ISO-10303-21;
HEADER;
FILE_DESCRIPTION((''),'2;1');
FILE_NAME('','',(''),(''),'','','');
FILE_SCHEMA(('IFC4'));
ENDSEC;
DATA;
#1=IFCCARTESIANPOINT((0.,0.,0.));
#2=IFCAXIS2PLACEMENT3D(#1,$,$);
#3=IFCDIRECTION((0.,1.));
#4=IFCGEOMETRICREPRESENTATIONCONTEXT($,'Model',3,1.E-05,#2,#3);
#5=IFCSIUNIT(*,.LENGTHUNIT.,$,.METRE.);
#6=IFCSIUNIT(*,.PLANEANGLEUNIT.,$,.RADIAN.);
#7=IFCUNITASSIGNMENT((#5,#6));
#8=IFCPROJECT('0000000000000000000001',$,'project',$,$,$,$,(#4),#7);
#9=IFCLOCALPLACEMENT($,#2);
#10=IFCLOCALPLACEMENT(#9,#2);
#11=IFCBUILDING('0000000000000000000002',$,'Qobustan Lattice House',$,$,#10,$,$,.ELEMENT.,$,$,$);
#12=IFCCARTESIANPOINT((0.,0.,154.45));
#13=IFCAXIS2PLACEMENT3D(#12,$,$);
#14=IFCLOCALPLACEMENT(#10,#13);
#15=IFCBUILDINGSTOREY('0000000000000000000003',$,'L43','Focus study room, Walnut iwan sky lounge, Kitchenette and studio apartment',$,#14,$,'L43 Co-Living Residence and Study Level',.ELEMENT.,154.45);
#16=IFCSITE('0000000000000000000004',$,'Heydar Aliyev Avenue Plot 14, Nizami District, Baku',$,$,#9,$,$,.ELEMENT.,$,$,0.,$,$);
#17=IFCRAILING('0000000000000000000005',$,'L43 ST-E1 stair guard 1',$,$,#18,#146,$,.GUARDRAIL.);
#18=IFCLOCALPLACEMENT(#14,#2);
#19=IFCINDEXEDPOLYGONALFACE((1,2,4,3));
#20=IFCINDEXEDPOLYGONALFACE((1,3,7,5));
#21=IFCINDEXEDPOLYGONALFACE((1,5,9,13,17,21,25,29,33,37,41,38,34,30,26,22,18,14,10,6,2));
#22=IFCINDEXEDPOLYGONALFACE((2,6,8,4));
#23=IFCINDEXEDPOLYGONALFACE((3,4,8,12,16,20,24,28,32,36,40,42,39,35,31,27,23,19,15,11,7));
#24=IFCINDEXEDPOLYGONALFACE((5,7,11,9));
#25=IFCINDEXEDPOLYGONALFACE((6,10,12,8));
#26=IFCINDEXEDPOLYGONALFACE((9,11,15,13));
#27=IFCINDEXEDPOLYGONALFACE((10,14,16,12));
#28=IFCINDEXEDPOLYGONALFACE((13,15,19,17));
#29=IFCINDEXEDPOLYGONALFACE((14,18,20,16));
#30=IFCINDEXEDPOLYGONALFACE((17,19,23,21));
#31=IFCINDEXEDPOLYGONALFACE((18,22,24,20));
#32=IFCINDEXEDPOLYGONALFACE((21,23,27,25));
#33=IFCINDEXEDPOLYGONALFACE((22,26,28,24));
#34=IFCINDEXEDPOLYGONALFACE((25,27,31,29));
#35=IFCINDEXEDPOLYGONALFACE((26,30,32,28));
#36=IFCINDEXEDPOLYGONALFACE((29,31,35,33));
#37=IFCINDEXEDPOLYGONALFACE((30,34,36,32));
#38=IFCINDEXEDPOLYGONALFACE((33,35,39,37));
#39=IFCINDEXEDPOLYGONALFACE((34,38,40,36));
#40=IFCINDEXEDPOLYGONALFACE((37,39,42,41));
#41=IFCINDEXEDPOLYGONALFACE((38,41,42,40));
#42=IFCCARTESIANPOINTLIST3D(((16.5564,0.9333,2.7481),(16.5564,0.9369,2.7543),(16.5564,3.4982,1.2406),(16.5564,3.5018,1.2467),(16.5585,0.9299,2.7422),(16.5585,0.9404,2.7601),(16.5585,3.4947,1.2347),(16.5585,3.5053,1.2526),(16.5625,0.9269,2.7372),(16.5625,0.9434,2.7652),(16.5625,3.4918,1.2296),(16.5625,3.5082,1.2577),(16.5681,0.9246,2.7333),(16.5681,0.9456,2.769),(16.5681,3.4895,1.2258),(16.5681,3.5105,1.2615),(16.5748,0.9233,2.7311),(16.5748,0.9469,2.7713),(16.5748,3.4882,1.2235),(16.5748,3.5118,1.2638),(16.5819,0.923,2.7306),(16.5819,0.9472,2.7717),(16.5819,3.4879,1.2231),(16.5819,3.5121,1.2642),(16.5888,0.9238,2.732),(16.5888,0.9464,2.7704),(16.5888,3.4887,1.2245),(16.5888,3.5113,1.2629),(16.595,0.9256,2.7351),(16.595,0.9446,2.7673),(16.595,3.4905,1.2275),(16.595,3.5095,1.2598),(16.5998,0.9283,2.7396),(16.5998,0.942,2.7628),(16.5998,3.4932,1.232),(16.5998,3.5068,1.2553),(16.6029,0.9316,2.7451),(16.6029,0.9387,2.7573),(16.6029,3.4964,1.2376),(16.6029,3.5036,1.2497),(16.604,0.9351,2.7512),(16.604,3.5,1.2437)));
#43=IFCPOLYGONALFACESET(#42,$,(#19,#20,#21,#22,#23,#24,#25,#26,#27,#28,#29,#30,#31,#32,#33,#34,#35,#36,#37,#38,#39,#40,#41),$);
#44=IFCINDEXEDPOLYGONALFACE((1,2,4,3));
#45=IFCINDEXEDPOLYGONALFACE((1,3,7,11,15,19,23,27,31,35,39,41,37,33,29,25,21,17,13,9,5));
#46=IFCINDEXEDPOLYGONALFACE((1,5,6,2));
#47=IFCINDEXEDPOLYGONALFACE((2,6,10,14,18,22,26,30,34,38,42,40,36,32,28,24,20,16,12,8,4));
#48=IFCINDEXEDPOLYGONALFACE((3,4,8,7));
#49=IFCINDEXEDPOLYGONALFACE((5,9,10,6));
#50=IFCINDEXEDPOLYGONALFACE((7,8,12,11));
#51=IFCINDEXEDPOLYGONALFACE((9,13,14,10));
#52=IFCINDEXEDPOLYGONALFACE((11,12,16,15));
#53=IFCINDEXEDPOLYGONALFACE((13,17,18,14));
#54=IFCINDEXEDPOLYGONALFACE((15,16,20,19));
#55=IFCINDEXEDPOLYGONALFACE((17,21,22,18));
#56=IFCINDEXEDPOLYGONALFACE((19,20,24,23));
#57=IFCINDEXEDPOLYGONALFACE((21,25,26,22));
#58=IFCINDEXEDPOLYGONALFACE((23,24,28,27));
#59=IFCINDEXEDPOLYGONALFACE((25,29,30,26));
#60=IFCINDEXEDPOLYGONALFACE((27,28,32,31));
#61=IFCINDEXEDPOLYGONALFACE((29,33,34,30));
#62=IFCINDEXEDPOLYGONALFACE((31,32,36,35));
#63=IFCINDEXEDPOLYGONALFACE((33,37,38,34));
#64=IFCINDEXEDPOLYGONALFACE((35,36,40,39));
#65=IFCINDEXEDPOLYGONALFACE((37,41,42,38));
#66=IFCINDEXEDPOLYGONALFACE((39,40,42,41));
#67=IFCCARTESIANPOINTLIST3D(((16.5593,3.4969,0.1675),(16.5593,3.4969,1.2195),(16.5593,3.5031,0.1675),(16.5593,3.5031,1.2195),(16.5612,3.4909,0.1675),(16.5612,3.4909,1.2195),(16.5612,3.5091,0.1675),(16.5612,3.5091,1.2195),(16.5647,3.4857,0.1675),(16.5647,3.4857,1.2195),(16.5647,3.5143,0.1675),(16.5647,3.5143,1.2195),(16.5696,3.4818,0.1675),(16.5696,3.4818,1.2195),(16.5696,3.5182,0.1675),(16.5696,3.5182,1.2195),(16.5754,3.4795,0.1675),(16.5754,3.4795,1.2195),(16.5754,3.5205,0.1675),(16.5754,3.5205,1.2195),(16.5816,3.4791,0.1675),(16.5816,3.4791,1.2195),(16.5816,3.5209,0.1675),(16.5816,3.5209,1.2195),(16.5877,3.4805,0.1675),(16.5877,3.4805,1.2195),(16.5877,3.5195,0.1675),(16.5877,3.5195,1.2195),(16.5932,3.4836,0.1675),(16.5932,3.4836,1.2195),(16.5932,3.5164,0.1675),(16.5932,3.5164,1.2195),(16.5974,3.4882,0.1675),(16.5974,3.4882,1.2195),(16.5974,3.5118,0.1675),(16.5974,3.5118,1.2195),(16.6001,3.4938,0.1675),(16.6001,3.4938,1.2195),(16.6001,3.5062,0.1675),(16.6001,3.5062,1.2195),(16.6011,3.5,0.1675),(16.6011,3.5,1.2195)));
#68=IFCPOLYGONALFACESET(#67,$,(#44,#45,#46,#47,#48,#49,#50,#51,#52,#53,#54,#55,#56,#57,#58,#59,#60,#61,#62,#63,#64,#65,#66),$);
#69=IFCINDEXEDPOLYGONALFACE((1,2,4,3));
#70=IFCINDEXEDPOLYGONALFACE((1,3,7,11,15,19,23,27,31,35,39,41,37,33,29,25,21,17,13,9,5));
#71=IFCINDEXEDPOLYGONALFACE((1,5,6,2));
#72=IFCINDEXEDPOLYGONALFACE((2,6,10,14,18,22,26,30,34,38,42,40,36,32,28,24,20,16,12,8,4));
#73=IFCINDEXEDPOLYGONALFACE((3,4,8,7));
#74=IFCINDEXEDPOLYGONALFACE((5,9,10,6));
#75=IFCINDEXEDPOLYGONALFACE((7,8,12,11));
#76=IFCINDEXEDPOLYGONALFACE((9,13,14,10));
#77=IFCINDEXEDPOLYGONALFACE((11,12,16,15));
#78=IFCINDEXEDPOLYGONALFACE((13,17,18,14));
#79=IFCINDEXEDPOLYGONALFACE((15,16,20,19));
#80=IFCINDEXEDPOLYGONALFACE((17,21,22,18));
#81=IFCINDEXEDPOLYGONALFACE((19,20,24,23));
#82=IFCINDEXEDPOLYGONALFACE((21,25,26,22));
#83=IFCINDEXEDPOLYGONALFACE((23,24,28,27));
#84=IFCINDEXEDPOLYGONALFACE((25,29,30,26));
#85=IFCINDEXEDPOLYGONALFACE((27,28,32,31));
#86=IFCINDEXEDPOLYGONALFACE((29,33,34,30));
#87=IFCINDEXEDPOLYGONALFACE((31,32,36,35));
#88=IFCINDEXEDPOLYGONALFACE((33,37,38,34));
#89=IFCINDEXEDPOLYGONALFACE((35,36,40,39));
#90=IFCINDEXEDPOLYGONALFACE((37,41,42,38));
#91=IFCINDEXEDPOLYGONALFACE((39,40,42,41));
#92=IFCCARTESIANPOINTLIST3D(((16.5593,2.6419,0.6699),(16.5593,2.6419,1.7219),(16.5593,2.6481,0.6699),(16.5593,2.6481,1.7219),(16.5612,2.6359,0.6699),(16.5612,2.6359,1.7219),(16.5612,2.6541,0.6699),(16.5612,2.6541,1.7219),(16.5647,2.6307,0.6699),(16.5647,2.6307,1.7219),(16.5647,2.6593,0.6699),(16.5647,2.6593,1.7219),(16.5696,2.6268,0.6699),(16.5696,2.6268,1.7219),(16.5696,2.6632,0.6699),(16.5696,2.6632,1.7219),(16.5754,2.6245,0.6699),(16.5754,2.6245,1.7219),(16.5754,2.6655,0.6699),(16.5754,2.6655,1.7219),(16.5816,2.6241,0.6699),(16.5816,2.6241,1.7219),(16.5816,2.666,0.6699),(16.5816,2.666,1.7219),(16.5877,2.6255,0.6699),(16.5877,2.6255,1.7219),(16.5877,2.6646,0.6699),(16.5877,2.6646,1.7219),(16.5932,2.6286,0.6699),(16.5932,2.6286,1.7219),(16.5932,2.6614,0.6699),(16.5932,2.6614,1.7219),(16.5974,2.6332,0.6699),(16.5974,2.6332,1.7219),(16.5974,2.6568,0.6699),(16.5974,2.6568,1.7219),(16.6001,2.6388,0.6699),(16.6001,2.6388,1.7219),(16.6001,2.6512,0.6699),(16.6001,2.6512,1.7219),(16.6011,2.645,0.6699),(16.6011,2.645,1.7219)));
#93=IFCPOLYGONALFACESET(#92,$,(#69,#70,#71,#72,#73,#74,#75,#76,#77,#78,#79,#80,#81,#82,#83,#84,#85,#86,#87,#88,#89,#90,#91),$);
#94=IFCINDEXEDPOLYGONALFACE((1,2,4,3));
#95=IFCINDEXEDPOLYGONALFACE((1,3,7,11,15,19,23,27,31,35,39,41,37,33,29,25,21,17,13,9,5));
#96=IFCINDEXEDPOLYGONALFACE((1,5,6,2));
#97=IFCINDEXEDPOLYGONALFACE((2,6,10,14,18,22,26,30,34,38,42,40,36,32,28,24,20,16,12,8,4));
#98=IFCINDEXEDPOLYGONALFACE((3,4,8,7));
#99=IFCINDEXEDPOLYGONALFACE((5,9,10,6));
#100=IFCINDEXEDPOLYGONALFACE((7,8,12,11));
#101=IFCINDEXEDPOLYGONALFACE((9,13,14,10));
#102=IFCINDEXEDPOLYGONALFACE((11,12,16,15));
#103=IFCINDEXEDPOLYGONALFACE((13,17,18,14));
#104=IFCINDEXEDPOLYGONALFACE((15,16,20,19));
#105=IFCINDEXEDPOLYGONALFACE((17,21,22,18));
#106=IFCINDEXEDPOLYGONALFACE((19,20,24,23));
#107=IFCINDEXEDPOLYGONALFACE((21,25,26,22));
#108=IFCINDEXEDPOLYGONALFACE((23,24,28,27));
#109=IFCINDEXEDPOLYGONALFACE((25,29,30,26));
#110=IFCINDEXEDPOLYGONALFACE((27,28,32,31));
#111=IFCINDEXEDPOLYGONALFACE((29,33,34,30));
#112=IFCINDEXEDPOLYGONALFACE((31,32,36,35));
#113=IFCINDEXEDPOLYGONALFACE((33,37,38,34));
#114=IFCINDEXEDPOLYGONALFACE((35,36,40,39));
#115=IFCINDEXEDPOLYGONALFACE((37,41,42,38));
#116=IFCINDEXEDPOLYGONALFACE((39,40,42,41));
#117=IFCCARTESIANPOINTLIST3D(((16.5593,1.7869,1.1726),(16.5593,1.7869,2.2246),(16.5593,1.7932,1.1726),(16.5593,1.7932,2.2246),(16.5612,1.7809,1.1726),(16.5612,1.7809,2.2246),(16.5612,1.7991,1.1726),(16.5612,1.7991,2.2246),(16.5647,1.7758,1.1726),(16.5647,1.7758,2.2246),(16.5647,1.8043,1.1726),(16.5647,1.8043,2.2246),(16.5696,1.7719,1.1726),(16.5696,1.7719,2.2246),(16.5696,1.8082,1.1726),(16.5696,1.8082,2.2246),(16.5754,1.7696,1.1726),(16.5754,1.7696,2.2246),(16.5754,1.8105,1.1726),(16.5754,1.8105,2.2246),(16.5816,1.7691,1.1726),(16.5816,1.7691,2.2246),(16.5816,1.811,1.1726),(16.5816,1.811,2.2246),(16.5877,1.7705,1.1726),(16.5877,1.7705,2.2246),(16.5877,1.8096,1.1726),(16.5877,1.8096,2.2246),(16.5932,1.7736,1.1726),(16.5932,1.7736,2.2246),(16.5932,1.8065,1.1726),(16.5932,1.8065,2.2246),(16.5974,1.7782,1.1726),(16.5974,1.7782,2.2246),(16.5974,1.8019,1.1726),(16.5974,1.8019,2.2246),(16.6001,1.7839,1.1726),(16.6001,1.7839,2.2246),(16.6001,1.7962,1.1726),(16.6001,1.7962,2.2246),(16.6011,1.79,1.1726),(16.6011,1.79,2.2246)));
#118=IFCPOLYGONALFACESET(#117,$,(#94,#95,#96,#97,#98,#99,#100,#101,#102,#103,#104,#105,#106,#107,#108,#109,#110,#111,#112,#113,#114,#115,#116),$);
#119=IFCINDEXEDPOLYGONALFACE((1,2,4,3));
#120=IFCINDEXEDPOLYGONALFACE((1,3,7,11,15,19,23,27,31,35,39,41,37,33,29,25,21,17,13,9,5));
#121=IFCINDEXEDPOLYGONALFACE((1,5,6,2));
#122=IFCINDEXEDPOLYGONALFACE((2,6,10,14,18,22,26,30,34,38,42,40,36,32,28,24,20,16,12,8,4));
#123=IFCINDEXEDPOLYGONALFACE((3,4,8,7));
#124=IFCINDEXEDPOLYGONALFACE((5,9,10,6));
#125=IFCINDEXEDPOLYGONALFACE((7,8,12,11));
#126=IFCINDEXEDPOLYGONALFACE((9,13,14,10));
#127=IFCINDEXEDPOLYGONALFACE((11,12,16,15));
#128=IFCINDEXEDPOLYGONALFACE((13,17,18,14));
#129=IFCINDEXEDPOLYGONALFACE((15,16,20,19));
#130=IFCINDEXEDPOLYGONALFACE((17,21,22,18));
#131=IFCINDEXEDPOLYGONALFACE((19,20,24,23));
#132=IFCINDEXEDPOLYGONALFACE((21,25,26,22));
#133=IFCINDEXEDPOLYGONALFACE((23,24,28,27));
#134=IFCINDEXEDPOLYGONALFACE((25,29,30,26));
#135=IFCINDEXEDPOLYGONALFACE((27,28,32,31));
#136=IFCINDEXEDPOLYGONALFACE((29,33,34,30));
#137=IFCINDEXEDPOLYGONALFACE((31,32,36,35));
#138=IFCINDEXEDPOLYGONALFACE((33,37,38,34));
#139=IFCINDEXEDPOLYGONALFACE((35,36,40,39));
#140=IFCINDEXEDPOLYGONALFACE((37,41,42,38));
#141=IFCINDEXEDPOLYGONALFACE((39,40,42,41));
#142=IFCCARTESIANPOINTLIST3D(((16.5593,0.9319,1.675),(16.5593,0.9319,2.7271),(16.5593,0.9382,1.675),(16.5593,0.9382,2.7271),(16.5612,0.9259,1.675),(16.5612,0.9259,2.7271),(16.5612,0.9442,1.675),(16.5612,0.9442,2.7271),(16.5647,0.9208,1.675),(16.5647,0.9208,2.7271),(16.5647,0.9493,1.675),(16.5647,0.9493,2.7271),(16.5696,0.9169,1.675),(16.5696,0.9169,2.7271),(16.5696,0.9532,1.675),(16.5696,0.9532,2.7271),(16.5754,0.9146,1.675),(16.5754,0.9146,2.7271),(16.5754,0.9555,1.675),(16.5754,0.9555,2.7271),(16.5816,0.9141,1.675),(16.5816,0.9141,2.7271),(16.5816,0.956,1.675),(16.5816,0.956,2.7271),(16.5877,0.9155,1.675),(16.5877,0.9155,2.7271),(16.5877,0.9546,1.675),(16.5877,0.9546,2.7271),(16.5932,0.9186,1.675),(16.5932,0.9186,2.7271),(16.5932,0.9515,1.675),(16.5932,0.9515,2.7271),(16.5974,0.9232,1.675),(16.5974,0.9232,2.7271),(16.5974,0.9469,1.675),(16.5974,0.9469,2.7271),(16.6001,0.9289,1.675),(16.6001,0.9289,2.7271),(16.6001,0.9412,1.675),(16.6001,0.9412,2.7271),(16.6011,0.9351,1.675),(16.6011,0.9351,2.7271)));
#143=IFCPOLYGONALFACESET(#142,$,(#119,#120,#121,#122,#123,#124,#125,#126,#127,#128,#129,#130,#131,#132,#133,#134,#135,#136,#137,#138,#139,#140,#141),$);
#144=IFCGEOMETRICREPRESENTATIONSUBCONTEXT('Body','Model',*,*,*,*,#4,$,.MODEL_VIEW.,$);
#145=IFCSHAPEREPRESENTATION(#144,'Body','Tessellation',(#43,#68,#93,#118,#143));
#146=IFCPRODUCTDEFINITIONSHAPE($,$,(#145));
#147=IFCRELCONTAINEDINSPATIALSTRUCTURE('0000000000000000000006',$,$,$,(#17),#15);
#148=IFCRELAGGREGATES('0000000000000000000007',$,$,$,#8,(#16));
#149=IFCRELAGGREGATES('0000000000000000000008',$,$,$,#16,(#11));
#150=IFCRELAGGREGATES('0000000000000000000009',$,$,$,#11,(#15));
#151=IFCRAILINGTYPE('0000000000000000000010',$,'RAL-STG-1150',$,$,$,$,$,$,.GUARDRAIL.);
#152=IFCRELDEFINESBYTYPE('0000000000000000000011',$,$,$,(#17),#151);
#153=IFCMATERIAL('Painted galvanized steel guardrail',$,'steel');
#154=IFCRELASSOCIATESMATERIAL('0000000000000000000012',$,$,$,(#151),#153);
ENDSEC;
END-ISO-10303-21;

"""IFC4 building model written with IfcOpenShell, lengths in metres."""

from ifc_helpers import new_model, si_unit, direction, frame, origin, origin_2d, place, context, subcontext, project, spatial, circle, extrude, material, type_object, element, save


model = new_model("IFC4")

# Units and contexts
model_context = context("Model", 3, precision=1e-05, world=origin(), true_north=direction((0.0, 1.0)))
body_context = subcontext(model_context, "Body", "Model", "MODEL_VIEW")
ifc_project = project(units=[si_unit("LENGTHUNIT", "METRE"), si_unit("PLANEANGLEUNIT", "RADIAN")], contexts=[model_context])

# Site, building, storey
site_placement = place(None, origin())
site = spatial("IfcSite", under=ifc_project, at=site_placement, Name="Heydar Aliyev Avenue Plot 14, Nizami District, Baku", CompositionType="ELEMENT", RefElevation=0.0)
building_placement = place(site_placement, origin())
building = spatial("IfcBuilding", under=site, at=building_placement, Name="Qobustan Lattice House", CompositionType="ELEMENT")
storey_placement = place(building_placement, frame((0.0, 0.0, 154.45)))
storey = spatial("IfcBuildingStorey", under=building, at=storey_placement, Name="L43", Description="Focus study room, Walnut iwan sky lounge, Kitchenette and studio apartment", LongName="L43 Co-Living Residence and Study Level", CompositionType="ELEMENT", Elevation=154.45)

# Railing
ifc_material_1 = material(Name="Painted galvanized steel guardrail", Category="steel")
railing_type_1 = type_object("IfcRailingType", Name="RAL-STG-1150", PredefinedType="GUARDRAIL", material=ifc_material_1)
railing_1_placement = place(storey_placement, frame((16.5801, 3.5, 0.1675)))
element("IfcRailing", 1, at=railing_1_placement, inside=storey, type_object=railing_type_1, Name="L43 ST-E1 stair guard 1", PredefinedType="GUARDRAIL", context=body_context, shape_type="SweptSolid", body=[
    extrude(circle(Radius=0.0239, at=origin_2d()), frame((0.0, 0.0, 1.0762), z_axis=(0.0, -0.862113, 0.506715), x_axis=(1.0, 0.0, 0.0)), (0.0, 0.0, 1.0), 2.9751),
    extrude(circle(Radius=0.021, at=origin_2d()), origin(), (0.0, 0.0, 1.0), 1.052),
    extrude(circle(Radius=0.021, at=origin_2d()), frame((0.0, -0.855, 0.5024)), (0.0, 0.0, 1.0), 1.052),
    extrude(circle(Radius=0.021, at=origin_2d()), frame((0.0, -1.71, 1.0051)), (0.0, 0.0, 1.0), 1.052),
    extrude(circle(Radius=0.021, at=origin_2d()), frame((0.0, -2.5649, 1.5076)), (0.0, 0.0, 1.0), 1.052),
])

save(model, "model.ifc")
